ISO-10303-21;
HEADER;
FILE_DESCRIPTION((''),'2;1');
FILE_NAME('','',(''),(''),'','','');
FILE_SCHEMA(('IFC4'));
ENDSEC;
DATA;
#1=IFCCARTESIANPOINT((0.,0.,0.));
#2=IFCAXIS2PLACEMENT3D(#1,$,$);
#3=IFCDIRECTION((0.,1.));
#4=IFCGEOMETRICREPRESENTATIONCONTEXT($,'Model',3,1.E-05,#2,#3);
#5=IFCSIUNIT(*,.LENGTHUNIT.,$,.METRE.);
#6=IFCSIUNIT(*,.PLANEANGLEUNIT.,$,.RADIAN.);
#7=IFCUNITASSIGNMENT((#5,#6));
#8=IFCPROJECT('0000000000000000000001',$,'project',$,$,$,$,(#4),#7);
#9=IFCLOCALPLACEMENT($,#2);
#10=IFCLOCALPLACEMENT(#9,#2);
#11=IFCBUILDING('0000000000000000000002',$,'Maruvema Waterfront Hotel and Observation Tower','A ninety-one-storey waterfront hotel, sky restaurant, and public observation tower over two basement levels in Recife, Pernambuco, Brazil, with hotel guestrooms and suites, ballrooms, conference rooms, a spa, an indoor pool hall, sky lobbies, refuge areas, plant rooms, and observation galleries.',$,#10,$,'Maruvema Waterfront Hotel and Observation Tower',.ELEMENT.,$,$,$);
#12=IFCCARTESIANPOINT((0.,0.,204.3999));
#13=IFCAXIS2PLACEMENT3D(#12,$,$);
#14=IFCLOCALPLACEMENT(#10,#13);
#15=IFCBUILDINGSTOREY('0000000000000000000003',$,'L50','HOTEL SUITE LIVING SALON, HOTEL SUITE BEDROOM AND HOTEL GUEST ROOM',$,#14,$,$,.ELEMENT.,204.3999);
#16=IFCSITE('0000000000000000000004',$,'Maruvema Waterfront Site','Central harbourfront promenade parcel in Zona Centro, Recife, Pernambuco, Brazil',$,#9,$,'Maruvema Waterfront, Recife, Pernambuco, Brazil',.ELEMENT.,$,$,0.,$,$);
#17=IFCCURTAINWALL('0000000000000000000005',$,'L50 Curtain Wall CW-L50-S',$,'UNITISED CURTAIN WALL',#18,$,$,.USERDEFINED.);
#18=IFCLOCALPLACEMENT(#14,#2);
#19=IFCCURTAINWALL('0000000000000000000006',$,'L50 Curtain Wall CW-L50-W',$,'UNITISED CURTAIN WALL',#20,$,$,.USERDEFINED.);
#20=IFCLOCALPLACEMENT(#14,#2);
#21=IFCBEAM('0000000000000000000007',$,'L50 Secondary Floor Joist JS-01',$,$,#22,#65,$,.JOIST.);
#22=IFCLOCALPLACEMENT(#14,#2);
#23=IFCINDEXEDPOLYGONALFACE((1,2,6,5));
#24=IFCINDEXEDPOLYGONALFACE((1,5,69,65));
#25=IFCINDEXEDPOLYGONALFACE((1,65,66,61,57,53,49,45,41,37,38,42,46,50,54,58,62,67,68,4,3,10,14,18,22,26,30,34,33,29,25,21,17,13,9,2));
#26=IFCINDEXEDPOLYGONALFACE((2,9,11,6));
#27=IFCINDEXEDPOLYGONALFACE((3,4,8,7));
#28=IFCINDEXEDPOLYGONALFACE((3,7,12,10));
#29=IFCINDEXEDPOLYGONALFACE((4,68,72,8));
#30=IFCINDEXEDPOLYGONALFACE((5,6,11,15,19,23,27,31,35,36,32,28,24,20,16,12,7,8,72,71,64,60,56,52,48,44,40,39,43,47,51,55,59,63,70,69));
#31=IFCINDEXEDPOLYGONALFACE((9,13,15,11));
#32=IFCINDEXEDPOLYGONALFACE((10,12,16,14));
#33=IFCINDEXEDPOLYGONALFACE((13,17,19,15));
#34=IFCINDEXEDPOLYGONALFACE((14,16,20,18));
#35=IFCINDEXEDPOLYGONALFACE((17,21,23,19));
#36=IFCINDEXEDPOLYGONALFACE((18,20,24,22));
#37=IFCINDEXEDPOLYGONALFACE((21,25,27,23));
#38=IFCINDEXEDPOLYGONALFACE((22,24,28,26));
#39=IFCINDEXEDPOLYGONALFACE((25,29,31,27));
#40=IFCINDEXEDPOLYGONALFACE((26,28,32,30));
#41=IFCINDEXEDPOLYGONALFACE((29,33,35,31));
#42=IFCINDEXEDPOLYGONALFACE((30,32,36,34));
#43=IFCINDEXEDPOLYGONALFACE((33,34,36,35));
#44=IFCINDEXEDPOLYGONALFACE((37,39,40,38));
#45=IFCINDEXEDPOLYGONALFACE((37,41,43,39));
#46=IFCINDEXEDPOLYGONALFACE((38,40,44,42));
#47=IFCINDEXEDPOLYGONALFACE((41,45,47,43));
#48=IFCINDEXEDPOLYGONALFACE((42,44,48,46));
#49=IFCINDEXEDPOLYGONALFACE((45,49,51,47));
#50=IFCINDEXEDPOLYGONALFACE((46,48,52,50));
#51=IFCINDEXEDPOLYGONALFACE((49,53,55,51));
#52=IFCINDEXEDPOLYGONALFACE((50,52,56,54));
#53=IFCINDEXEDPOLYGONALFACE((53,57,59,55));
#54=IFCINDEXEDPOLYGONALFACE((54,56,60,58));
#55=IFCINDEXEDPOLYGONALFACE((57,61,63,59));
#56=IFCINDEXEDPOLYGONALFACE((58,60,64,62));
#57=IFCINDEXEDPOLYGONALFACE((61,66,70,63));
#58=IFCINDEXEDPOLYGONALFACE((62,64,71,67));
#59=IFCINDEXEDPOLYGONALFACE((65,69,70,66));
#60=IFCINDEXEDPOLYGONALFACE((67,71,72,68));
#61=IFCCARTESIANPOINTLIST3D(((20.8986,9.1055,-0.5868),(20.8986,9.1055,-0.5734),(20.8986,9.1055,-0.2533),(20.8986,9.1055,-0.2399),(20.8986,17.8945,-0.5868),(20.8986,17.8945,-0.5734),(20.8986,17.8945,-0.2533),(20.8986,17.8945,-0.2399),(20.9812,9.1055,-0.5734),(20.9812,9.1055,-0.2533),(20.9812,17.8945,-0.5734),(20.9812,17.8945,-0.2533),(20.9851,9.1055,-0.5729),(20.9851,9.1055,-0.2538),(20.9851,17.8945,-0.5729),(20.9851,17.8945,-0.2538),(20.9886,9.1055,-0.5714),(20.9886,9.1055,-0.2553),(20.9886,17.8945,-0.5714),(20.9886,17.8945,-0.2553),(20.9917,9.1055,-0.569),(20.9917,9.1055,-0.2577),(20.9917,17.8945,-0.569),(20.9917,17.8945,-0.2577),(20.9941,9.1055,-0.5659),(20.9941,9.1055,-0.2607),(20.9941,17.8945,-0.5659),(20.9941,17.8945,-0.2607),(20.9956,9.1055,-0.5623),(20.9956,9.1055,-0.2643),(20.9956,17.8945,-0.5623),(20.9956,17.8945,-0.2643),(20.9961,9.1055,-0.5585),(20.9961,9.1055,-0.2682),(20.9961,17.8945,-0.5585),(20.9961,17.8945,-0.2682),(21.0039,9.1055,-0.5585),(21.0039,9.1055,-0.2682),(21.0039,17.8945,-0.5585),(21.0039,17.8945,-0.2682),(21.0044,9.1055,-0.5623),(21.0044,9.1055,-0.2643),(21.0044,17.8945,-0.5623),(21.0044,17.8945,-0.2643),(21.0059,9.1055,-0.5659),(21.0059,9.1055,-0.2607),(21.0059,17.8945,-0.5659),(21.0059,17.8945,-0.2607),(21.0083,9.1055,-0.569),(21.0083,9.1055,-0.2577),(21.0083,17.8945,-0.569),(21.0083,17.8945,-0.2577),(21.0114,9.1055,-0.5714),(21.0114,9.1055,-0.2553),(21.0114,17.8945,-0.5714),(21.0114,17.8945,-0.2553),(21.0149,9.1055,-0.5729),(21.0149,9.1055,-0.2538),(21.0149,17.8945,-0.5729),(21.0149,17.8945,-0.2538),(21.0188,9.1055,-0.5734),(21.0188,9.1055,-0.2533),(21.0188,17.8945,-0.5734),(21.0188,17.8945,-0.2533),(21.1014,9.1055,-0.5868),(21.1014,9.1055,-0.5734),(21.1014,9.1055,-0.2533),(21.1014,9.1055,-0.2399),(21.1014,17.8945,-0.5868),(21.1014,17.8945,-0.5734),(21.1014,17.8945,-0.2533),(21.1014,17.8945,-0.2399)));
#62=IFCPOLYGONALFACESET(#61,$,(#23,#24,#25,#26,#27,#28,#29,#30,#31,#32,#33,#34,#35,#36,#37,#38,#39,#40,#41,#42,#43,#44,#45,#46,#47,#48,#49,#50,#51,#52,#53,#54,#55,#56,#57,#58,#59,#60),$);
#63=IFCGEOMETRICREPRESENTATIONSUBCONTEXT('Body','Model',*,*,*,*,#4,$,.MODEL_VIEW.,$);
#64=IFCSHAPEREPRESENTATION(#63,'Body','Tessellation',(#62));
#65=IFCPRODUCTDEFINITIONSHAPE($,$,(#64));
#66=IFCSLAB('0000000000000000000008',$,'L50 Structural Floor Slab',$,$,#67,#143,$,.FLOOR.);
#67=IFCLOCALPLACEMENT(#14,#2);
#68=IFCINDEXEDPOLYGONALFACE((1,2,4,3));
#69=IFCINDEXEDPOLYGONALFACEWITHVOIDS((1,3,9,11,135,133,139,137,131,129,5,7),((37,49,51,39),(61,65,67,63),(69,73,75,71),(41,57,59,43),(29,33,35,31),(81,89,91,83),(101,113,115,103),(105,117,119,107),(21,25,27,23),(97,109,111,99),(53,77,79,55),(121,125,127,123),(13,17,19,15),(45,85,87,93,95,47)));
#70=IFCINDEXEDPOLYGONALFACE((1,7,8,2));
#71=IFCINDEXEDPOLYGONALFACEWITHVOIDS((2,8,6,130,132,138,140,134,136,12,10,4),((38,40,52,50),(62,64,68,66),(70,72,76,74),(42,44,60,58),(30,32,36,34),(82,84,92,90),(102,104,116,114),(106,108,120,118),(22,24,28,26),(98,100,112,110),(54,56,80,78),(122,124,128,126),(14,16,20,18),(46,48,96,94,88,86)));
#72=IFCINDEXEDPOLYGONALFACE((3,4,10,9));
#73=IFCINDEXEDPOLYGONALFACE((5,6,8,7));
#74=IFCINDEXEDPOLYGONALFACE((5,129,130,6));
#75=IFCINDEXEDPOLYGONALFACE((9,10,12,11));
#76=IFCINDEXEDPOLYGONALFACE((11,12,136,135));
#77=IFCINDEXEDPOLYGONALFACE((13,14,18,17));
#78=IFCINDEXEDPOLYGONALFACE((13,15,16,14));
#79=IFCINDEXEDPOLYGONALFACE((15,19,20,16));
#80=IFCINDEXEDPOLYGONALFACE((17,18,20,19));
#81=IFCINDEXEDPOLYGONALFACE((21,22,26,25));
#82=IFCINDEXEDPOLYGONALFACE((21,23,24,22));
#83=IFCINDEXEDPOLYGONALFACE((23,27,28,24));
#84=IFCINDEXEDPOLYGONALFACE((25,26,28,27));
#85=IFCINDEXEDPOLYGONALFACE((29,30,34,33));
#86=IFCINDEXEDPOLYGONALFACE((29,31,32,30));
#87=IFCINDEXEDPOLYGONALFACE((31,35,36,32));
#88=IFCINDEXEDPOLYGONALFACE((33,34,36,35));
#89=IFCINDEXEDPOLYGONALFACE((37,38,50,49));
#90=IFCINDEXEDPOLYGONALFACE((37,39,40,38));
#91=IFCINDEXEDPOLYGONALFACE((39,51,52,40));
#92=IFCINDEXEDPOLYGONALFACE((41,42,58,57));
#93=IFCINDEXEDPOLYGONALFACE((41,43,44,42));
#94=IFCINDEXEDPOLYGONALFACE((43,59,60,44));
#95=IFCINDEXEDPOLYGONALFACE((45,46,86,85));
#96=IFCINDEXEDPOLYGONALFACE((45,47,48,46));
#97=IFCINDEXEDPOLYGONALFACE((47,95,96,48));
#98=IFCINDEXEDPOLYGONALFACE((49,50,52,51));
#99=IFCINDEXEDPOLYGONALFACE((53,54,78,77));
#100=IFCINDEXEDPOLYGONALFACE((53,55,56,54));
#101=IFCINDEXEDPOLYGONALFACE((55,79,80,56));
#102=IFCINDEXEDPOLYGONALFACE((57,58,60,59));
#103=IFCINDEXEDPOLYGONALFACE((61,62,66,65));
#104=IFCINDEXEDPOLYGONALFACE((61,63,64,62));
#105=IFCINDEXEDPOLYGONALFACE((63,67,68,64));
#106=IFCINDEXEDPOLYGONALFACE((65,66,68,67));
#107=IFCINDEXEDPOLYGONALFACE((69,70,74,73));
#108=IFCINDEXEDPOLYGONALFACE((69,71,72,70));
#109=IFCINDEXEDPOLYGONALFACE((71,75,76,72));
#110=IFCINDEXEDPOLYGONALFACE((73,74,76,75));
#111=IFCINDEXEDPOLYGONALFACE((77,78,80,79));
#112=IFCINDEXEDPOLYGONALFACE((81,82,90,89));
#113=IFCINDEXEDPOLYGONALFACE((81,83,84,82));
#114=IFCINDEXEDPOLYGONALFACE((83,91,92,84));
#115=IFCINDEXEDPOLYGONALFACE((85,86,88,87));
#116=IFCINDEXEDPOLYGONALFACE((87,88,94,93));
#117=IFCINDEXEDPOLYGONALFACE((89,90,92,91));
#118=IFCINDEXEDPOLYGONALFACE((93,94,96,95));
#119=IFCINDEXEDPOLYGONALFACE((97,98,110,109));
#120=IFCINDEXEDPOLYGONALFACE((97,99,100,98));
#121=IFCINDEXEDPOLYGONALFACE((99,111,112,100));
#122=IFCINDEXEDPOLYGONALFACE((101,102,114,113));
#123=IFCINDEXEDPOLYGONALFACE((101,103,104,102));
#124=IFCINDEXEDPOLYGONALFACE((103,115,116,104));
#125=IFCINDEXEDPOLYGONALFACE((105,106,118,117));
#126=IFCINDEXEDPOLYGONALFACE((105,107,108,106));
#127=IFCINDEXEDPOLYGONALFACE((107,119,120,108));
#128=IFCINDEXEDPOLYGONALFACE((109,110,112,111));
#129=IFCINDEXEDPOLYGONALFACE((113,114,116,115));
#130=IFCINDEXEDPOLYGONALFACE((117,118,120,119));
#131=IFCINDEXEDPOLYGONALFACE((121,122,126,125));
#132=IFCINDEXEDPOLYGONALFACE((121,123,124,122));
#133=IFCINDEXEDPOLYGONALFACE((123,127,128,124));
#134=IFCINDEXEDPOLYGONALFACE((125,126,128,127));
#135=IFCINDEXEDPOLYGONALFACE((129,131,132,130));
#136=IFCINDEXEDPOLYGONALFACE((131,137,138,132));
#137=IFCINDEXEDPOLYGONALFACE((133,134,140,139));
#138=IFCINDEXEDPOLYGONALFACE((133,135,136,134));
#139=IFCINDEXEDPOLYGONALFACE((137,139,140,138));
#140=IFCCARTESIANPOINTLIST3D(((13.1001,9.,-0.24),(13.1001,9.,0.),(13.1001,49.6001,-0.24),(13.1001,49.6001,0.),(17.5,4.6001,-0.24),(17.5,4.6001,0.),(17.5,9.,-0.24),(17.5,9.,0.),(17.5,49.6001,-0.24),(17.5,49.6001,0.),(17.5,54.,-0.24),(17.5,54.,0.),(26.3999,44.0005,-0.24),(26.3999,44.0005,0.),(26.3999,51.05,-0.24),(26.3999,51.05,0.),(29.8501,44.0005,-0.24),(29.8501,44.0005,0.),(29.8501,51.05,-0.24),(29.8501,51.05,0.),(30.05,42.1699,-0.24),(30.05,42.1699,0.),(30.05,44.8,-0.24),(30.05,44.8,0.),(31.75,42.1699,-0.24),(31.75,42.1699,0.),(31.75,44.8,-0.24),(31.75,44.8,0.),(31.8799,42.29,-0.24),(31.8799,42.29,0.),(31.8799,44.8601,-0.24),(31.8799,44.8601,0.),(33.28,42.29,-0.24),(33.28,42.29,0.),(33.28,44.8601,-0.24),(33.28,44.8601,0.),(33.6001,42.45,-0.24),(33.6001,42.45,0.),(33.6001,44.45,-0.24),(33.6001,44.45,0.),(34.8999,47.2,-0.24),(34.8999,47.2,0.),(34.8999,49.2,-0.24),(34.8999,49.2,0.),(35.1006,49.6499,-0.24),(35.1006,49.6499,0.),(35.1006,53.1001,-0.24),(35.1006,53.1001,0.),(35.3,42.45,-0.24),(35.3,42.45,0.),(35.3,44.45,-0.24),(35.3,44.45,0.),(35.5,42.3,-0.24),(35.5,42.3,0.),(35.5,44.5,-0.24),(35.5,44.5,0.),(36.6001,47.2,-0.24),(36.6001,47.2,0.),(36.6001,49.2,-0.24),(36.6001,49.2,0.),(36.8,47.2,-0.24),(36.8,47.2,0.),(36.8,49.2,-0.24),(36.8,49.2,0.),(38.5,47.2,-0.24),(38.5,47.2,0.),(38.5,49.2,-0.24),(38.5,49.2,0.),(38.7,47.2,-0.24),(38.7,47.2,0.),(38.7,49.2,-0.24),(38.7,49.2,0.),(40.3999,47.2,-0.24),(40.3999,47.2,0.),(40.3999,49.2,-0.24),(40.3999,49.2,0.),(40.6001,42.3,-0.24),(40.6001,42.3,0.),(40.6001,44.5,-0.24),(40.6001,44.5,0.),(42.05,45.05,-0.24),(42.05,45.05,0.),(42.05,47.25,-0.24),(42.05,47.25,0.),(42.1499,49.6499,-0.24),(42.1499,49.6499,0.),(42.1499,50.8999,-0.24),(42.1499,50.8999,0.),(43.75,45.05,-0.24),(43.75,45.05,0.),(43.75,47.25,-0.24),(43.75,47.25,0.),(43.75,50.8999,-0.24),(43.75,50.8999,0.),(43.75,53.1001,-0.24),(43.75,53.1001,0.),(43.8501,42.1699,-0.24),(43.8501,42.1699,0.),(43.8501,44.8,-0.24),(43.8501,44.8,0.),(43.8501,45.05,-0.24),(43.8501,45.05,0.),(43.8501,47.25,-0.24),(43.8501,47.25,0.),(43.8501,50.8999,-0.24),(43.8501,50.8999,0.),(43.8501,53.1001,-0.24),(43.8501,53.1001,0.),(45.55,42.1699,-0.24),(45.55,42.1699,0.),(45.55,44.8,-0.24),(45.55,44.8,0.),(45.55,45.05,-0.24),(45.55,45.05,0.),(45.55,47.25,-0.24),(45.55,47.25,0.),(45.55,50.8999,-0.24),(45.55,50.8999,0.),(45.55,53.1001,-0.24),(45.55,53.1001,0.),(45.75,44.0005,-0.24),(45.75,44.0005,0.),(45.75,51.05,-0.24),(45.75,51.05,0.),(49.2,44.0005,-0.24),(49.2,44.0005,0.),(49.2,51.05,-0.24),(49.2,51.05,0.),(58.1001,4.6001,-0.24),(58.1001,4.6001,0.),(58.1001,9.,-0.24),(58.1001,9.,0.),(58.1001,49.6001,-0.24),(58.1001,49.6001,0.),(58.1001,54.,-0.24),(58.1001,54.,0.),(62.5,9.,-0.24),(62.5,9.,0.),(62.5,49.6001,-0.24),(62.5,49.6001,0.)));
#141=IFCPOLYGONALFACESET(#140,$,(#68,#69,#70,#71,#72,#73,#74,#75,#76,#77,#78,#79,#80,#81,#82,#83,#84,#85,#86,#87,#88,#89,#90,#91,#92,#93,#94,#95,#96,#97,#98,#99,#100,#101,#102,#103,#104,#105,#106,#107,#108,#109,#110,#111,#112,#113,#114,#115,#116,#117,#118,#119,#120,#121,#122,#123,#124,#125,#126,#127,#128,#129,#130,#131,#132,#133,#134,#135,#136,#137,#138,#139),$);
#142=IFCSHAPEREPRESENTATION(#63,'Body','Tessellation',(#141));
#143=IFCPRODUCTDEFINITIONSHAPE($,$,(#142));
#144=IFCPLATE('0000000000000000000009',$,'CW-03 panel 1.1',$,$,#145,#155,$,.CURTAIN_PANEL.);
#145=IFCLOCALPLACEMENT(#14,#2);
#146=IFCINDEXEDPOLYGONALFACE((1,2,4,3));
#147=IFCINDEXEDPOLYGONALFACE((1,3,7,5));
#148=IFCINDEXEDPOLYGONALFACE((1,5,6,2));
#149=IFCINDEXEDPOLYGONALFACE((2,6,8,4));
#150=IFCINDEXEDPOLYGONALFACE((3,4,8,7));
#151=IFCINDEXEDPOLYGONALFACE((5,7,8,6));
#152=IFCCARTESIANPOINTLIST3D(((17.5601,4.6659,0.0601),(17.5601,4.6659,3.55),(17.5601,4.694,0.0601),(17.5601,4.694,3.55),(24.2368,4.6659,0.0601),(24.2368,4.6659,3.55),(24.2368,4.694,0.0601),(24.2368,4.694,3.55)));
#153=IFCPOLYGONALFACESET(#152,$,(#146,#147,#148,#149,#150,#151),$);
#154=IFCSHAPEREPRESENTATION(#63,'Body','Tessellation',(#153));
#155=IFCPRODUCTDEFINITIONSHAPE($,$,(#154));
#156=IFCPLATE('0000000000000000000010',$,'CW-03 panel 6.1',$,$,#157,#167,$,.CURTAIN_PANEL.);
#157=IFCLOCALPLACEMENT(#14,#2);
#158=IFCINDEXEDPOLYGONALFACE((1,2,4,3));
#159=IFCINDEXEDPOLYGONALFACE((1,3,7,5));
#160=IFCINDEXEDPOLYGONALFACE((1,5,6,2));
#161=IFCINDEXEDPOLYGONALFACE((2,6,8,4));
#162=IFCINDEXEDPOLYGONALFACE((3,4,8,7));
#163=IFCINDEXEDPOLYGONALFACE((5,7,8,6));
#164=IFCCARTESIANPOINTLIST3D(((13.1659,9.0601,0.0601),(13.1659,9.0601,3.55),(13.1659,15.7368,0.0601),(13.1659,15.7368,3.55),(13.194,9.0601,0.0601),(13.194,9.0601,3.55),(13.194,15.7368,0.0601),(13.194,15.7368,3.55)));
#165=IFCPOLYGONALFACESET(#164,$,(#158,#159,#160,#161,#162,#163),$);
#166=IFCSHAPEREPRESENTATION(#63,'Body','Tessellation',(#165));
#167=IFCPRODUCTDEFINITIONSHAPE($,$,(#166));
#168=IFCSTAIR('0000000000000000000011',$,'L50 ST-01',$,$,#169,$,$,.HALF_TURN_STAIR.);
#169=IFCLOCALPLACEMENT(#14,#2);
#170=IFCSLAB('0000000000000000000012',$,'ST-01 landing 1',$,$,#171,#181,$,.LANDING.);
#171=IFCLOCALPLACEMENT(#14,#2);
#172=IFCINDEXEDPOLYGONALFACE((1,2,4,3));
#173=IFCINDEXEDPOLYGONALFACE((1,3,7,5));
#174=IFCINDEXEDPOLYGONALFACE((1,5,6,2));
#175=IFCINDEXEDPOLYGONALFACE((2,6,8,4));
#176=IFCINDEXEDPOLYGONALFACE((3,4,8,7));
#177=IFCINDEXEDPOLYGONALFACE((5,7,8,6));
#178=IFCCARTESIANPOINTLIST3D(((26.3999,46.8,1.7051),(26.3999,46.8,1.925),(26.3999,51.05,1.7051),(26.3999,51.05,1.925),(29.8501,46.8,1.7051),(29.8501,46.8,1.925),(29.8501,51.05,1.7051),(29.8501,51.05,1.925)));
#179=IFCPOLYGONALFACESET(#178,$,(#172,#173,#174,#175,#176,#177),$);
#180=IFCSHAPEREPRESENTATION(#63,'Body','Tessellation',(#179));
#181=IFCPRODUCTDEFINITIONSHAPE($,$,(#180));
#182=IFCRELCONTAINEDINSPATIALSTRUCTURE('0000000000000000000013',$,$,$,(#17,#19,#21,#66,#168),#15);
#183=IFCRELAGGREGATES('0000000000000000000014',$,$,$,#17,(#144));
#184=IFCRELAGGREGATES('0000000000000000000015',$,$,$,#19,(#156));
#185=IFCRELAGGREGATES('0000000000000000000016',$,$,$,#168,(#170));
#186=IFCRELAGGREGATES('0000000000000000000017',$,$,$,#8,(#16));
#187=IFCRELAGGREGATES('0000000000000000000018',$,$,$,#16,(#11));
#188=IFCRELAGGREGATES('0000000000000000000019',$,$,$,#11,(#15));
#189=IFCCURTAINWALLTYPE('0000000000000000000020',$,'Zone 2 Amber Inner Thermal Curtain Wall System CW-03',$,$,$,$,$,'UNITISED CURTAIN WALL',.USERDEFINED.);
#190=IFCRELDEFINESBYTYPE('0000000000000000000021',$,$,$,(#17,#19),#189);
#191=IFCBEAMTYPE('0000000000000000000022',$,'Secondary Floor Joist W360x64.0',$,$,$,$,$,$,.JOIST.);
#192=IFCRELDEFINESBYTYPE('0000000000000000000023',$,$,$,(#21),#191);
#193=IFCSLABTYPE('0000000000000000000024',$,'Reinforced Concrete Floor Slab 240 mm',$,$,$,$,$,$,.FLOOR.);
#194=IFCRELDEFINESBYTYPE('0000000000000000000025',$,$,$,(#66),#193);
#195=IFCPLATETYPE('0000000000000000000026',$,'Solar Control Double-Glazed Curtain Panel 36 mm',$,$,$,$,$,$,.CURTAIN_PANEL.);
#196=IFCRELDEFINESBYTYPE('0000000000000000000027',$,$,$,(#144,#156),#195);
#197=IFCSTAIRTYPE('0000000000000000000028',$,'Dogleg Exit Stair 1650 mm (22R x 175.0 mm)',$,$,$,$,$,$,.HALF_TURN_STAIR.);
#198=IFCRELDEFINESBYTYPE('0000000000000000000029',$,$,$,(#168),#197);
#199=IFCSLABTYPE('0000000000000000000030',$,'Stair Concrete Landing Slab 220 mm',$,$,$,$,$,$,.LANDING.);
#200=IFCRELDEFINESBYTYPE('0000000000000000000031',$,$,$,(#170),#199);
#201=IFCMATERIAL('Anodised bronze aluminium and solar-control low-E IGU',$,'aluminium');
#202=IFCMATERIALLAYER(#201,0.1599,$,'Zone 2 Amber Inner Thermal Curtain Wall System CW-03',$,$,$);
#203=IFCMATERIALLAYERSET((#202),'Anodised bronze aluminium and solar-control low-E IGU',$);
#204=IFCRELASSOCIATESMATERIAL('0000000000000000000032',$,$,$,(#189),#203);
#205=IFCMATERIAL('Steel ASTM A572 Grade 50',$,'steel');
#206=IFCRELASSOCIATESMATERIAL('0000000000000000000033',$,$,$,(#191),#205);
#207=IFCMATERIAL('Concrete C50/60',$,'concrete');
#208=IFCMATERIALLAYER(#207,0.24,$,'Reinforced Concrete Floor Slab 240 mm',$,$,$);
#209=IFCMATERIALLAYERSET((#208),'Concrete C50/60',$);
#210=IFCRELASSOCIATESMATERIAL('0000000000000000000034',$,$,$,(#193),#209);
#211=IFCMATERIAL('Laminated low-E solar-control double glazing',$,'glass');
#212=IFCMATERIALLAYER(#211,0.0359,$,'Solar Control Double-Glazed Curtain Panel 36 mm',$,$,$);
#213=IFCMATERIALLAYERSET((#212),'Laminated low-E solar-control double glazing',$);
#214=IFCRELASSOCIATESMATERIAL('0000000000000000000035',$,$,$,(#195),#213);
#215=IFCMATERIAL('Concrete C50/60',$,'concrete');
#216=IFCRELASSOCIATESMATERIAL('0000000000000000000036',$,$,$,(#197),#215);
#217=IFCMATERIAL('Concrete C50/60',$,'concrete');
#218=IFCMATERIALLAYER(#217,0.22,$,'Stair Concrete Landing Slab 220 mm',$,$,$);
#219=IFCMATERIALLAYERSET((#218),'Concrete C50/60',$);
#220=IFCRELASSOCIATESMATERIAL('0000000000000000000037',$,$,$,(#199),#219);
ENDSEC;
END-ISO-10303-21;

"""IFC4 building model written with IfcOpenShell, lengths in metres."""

from ifc_helpers import new_model, si_unit, direction, frame, origin, origin_2d, place, context, subcontext, project, spatial, polyline, rectangle, i_section, outline, extrude, material, layer, layer_set, material_profile, profile_set, type_object, element, aggregate, save


model = new_model("IFC4")

# Units and contexts
model_context = context("Model", 3, precision=1e-05, world=origin(), true_north=direction((0.0, 1.0)))
body_context = subcontext(model_context, "Body", "Model", "MODEL_VIEW")
ifc_project = project(units=[si_unit("LENGTHUNIT", "METRE"), si_unit("PLANEANGLEUNIT", "RADIAN")], contexts=[model_context])

# Site, building, storey
site_placement = place(None, origin())
site = spatial("IfcSite", under=ifc_project, at=site_placement, Name="Maruvema Waterfront Site", Description="Central harbourfront promenade parcel in Zona Centro, Recife, Pernambuco, Brazil", LongName="Maruvema Waterfront, Recife, Pernambuco, Brazil", CompositionType="ELEMENT", RefElevation=0.0)
building_placement = place(site_placement, origin())
building = spatial("IfcBuilding", under=site, at=building_placement, Name="Maruvema Waterfront Hotel and Observation Tower", Description="A ninety-one-storey waterfront hotel, sky restaurant, and public observation tower over two basement levels in Recife, Pernambuco, Brazil, with hotel guestrooms and suites, ballrooms, conference rooms, a spa, an indoor pool hall, sky lobbies, refuge areas, plant rooms, and observation galleries.", LongName="Maruvema Waterfront Hotel and Observation Tower", CompositionType="ELEMENT")
storey_placement = place(building_placement, frame((0.0, 0.0, 204.3999)))
storey = spatial("IfcBuildingStorey", under=building, at=storey_placement, Name="L50", Description="HOTEL SUITE LIVING SALON, HOTEL SUITE BEDROOM AND HOTEL GUEST ROOM", CompositionType="ELEMENT", Elevation=204.3999)

# Curtain walls
ifc_material_1 = material(Name="Anodised bronze aluminium and solar-control low-E IGU", Category="aluminium")
ifc_layer_1 = layer(ifc_material_1, 0.1599, Name="Zone 2 Amber Inner Thermal Curtain Wall System CW-03")
ifc_layer_set_1 = layer_set([ifc_layer_1], Name="Anodised bronze aluminium and solar-control low-E IGU")
curtain_wall_type = type_object("IfcCurtainWallType", Name="Zone 2 Amber Inner Thermal Curtain Wall System CW-03", ElementType="UNITISED CURTAIN WALL", PredefinedType="USERDEFINED", material=ifc_layer_set_1)
curtain_wall_1_placement = place(storey_placement, origin())
curtain_wall_1 = element("IfcCurtainWall", 1, at=curtain_wall_1_placement, inside=storey, type_object=curtain_wall_type, Name="L50 Curtain Wall CW-L50-S", ObjectType="UNITISED CURTAIN WALL", PredefinedType="USERDEFINED")
curtain_wall_2_placement = place(storey_placement, origin())
curtain_wall_2 = element("IfcCurtainWall", 2, at=curtain_wall_2_placement, inside=storey, type_object=curtain_wall_type, Name="L50 Curtain Wall CW-L50-W", ObjectType="UNITISED CURTAIN WALL", PredefinedType="USERDEFINED")

# Beam
ifc_material_2 = material(Name="Steel ASTM A572 Grade 50", Category="steel")
ifc_material_profile_1 = material_profile(ifc_material_2, i_section(OverallWidth=0.2029, OverallDepth=0.3469, WebThickness=0.0078, FlangeThickness=0.0134, FilletRadius=0.0149, at=origin_2d()), Name="W360x64.0")
ifc_profile_set_1 = profile_set([ifc_material_profile_1], Name="Steel ASTM A572 Grade 50")
beam_type_1 = type_object("IfcBeamType", Name="Secondary Floor Joist W360x64.0", PredefinedType="JOIST", material=ifc_profile_set_1)
beam_1_placement = place(storey_placement, frame((21.0, 9.1055, -0.4133), z_axis=(0.0, 1.0, 0.0), x_axis=(-1.0, 0.0, 0.0)))
element("IfcBeam", 3, at=beam_1_placement, inside=storey, type_object=beam_type_1, Name="L50 Secondary Floor Joist JS-01", PredefinedType="JOIST", context=body_context, shape_type="SweptSolid", body=[
    extrude(i_section(OverallWidth=0.2029, OverallDepth=0.3469, WebThickness=0.0078, FlangeThickness=0.0134, FilletRadius=0.0149, at=origin_2d()), origin(), (0.0, 0.0, 1.0), 8.7891),
])

# Slab
ifc_material_3 = material(Name="Concrete C50/60", Category="concrete")
ifc_layer_2 = layer(ifc_material_3, 0.24, Name="Reinforced Concrete Floor Slab 240 mm")
ifc_layer_set_2 = layer_set([ifc_layer_2], Name="Concrete C50/60")
slab_type_1 = type_object("IfcSlabType", Name="Reinforced Concrete Floor Slab 240 mm", PredefinedType="FLOOR", material=ifc_layer_set_2)
slab_1_placement = place(storey_placement, frame((0.0, 0.0, -0.24)))
element("IfcSlab", 4, at=slab_1_placement, inside=storey, type_object=slab_type_1, Name="L50 Structural Floor Slab", PredefinedType="FLOOR", context=body_context, shape_type="SweptSolid", body=[
    extrude(outline(polyline([(17.5, 4.6001), (58.1001, 4.6001), (58.1001, 9.0), (62.5, 9.0), (62.5, 49.6001), (58.1001, 49.6001), (58.1001, 54.0), (17.5, 54.0), (17.5, 49.6001), (13.1001, 49.6001), (13.1001, 9.0), (17.5, 9.0), (17.5, 4.6001)]), holes=[polyline([(26.3999, 44.0005), (26.3999, 51.05), (29.8501, 51.05), (29.8501, 44.0005), (26.3999, 44.0005)]), polyline([(30.05, 44.8), (31.75, 44.8), (31.75, 42.1699), (30.05, 42.1699), (30.05, 44.8)]), polyline([(31.8799, 44.8601), (33.28, 44.8601), (33.28, 42.29), (31.8799, 42.29), (31.8799, 44.8601)]), polyline([(33.6001, 44.45), (35.3, 44.45), (35.3, 42.45), (33.6001, 42.45), (33.6001, 44.45)]), polyline([(34.8999, 49.2), (36.6001, 49.2), (36.6001, 47.2), (34.8999, 47.2), (34.8999, 49.2)]), polyline([(36.8, 49.2), (38.5, 49.2), (38.5, 47.2), (36.8, 47.2), (36.8, 49.2)]), polyline([(35.5, 42.3), (35.5, 44.5), (40.6001, 44.5), (40.6001, 42.3), (35.5, 42.3)]), polyline([(35.1006, 53.1001), (43.75, 53.1001), (43.75, 50.8999), (42.1499, 50.8999), (42.1499, 49.6499), (35.1006, 49.6499), (35.1006, 53.1001)]), polyline([(38.7, 49.2), (40.3999, 49.2), (40.3999, 47.2), (38.7, 47.2), (38.7, 49.2)]), polyline([(42.05, 47.25), (43.75, 47.25), (43.75, 45.05), (42.05, 45.05), (42.05, 47.25)]), polyline([(43.8501, 44.8), (45.55, 44.8), (45.55, 42.1699), (43.8501, 42.1699), (43.8501, 44.8)]), polyline([(43.8501, 47.25), (45.55, 47.25), (45.55, 45.05), (43.8501, 45.05), (43.8501, 47.25)]), polyline([(45.55, 53.1001), (45.55, 50.8999), (43.8501, 50.8999), (43.8501, 53.1001), (45.55, 53.1001)]), polyline([(45.75, 44.0005), (45.75, 51.05), (49.2, 51.05), (49.2, 44.0005), (45.75, 44.0005)])]), origin(), (0.0, 0.0, 1.0), 0.24),
])

# Plates
ifc_material_4 = material(Name="Laminated low-E solar-control double glazing", Category="glass")
ifc_layer_3 = layer(ifc_material_4, 0.0359, Name="Solar Control Double-Glazed Curtain Panel 36 mm")
ifc_layer_set_3 = layer_set([ifc_layer_3], Name="Laminated low-E solar-control double glazing")
plate_type = type_object("IfcPlateType", Name="Solar Control Double-Glazed Curtain Panel 36 mm", PredefinedType="CURTAIN_PANEL", material=ifc_layer_set_3)
plate_1_placement = place(storey_placement, frame((20.8984, 4.6799, 0.0601), z_axis=(0.0, 0.0, 1.0), x_axis=(1.0, 0.0, 0.0)))
plate_1 = element("IfcPlate", 5, at=plate_1_placement, type_object=plate_type, Name="CW-03 panel 1.1", PredefinedType="CURTAIN_PANEL", context=body_context, shape_type="SweptSolid", body=[
    extrude(rectangle(XDim=6.6768, YDim=0.0281, at=origin_2d()), origin(), (0.0, 0.0, 1.0), 3.49),
])
aggregate(curtain_wall_1, [plate_1])
plate_2_placement = place(storey_placement, frame((13.1799, 12.3984, 0.0601), z_axis=(0.0, 0.0, 1.0), x_axis=(0.0, -1.0, 0.0)))
plate_2 = element("IfcPlate", 6, at=plate_2_placement, type_object=plate_type, Name="CW-03 panel 6.1", PredefinedType="CURTAIN_PANEL", context=body_context, shape_type="SweptSolid", body=[
    extrude(rectangle(XDim=6.6768, YDim=0.0281, at=origin_2d()), origin(), (0.0, 0.0, 1.0), 3.49),
])
aggregate(curtain_wall_2, [plate_2])

# Stair, slab
ifc_material_5 = material(Name="Concrete C50/60", Category="concrete")
stair_type = type_object("IfcStairType", Name="Dogleg Exit Stair 1650 mm (22R x 175.0 mm)", PredefinedType="HALF_TURN_STAIR", material=ifc_material_5)
stair_1_placement = place(storey_placement, origin())
stair_1 = element("IfcStair", 7, at=stair_1_placement, inside=storey, type_object=stair_type, Name="L50 ST-01", PredefinedType="HALF_TURN_STAIR")
ifc_material_6 = material(Name="Concrete C50/60", Category="concrete")
ifc_layer_4 = layer(ifc_material_6, 0.22, Name="Stair Concrete Landing Slab 220 mm")
ifc_layer_set_4 = layer_set([ifc_layer_4], Name="Concrete C50/60")
slab_type_2 = type_object("IfcSlabType", Name="Stair Concrete Landing Slab 220 mm", PredefinedType="LANDING", material=ifc_layer_set_4)
slab_2_placement = place(storey_placement, frame((0.0, 0.0, 1.7051)))
slab_2 = element("IfcSlab", 8, at=slab_2_placement, type_object=slab_type_2, Name="ST-01 landing 1", PredefinedType="LANDING", context=body_context, shape_type="SweptSolid", body=[
    extrude(outline(polyline([(29.8501, 46.8), (29.8501, 51.05), (26.3999, 51.05), (26.3999, 46.8), (29.8501, 46.8)])), origin(), (0.0, 0.0, 1.0), 0.22),
])
aggregate(stair_1, [slab_2])

save(model, "model.ifc")
